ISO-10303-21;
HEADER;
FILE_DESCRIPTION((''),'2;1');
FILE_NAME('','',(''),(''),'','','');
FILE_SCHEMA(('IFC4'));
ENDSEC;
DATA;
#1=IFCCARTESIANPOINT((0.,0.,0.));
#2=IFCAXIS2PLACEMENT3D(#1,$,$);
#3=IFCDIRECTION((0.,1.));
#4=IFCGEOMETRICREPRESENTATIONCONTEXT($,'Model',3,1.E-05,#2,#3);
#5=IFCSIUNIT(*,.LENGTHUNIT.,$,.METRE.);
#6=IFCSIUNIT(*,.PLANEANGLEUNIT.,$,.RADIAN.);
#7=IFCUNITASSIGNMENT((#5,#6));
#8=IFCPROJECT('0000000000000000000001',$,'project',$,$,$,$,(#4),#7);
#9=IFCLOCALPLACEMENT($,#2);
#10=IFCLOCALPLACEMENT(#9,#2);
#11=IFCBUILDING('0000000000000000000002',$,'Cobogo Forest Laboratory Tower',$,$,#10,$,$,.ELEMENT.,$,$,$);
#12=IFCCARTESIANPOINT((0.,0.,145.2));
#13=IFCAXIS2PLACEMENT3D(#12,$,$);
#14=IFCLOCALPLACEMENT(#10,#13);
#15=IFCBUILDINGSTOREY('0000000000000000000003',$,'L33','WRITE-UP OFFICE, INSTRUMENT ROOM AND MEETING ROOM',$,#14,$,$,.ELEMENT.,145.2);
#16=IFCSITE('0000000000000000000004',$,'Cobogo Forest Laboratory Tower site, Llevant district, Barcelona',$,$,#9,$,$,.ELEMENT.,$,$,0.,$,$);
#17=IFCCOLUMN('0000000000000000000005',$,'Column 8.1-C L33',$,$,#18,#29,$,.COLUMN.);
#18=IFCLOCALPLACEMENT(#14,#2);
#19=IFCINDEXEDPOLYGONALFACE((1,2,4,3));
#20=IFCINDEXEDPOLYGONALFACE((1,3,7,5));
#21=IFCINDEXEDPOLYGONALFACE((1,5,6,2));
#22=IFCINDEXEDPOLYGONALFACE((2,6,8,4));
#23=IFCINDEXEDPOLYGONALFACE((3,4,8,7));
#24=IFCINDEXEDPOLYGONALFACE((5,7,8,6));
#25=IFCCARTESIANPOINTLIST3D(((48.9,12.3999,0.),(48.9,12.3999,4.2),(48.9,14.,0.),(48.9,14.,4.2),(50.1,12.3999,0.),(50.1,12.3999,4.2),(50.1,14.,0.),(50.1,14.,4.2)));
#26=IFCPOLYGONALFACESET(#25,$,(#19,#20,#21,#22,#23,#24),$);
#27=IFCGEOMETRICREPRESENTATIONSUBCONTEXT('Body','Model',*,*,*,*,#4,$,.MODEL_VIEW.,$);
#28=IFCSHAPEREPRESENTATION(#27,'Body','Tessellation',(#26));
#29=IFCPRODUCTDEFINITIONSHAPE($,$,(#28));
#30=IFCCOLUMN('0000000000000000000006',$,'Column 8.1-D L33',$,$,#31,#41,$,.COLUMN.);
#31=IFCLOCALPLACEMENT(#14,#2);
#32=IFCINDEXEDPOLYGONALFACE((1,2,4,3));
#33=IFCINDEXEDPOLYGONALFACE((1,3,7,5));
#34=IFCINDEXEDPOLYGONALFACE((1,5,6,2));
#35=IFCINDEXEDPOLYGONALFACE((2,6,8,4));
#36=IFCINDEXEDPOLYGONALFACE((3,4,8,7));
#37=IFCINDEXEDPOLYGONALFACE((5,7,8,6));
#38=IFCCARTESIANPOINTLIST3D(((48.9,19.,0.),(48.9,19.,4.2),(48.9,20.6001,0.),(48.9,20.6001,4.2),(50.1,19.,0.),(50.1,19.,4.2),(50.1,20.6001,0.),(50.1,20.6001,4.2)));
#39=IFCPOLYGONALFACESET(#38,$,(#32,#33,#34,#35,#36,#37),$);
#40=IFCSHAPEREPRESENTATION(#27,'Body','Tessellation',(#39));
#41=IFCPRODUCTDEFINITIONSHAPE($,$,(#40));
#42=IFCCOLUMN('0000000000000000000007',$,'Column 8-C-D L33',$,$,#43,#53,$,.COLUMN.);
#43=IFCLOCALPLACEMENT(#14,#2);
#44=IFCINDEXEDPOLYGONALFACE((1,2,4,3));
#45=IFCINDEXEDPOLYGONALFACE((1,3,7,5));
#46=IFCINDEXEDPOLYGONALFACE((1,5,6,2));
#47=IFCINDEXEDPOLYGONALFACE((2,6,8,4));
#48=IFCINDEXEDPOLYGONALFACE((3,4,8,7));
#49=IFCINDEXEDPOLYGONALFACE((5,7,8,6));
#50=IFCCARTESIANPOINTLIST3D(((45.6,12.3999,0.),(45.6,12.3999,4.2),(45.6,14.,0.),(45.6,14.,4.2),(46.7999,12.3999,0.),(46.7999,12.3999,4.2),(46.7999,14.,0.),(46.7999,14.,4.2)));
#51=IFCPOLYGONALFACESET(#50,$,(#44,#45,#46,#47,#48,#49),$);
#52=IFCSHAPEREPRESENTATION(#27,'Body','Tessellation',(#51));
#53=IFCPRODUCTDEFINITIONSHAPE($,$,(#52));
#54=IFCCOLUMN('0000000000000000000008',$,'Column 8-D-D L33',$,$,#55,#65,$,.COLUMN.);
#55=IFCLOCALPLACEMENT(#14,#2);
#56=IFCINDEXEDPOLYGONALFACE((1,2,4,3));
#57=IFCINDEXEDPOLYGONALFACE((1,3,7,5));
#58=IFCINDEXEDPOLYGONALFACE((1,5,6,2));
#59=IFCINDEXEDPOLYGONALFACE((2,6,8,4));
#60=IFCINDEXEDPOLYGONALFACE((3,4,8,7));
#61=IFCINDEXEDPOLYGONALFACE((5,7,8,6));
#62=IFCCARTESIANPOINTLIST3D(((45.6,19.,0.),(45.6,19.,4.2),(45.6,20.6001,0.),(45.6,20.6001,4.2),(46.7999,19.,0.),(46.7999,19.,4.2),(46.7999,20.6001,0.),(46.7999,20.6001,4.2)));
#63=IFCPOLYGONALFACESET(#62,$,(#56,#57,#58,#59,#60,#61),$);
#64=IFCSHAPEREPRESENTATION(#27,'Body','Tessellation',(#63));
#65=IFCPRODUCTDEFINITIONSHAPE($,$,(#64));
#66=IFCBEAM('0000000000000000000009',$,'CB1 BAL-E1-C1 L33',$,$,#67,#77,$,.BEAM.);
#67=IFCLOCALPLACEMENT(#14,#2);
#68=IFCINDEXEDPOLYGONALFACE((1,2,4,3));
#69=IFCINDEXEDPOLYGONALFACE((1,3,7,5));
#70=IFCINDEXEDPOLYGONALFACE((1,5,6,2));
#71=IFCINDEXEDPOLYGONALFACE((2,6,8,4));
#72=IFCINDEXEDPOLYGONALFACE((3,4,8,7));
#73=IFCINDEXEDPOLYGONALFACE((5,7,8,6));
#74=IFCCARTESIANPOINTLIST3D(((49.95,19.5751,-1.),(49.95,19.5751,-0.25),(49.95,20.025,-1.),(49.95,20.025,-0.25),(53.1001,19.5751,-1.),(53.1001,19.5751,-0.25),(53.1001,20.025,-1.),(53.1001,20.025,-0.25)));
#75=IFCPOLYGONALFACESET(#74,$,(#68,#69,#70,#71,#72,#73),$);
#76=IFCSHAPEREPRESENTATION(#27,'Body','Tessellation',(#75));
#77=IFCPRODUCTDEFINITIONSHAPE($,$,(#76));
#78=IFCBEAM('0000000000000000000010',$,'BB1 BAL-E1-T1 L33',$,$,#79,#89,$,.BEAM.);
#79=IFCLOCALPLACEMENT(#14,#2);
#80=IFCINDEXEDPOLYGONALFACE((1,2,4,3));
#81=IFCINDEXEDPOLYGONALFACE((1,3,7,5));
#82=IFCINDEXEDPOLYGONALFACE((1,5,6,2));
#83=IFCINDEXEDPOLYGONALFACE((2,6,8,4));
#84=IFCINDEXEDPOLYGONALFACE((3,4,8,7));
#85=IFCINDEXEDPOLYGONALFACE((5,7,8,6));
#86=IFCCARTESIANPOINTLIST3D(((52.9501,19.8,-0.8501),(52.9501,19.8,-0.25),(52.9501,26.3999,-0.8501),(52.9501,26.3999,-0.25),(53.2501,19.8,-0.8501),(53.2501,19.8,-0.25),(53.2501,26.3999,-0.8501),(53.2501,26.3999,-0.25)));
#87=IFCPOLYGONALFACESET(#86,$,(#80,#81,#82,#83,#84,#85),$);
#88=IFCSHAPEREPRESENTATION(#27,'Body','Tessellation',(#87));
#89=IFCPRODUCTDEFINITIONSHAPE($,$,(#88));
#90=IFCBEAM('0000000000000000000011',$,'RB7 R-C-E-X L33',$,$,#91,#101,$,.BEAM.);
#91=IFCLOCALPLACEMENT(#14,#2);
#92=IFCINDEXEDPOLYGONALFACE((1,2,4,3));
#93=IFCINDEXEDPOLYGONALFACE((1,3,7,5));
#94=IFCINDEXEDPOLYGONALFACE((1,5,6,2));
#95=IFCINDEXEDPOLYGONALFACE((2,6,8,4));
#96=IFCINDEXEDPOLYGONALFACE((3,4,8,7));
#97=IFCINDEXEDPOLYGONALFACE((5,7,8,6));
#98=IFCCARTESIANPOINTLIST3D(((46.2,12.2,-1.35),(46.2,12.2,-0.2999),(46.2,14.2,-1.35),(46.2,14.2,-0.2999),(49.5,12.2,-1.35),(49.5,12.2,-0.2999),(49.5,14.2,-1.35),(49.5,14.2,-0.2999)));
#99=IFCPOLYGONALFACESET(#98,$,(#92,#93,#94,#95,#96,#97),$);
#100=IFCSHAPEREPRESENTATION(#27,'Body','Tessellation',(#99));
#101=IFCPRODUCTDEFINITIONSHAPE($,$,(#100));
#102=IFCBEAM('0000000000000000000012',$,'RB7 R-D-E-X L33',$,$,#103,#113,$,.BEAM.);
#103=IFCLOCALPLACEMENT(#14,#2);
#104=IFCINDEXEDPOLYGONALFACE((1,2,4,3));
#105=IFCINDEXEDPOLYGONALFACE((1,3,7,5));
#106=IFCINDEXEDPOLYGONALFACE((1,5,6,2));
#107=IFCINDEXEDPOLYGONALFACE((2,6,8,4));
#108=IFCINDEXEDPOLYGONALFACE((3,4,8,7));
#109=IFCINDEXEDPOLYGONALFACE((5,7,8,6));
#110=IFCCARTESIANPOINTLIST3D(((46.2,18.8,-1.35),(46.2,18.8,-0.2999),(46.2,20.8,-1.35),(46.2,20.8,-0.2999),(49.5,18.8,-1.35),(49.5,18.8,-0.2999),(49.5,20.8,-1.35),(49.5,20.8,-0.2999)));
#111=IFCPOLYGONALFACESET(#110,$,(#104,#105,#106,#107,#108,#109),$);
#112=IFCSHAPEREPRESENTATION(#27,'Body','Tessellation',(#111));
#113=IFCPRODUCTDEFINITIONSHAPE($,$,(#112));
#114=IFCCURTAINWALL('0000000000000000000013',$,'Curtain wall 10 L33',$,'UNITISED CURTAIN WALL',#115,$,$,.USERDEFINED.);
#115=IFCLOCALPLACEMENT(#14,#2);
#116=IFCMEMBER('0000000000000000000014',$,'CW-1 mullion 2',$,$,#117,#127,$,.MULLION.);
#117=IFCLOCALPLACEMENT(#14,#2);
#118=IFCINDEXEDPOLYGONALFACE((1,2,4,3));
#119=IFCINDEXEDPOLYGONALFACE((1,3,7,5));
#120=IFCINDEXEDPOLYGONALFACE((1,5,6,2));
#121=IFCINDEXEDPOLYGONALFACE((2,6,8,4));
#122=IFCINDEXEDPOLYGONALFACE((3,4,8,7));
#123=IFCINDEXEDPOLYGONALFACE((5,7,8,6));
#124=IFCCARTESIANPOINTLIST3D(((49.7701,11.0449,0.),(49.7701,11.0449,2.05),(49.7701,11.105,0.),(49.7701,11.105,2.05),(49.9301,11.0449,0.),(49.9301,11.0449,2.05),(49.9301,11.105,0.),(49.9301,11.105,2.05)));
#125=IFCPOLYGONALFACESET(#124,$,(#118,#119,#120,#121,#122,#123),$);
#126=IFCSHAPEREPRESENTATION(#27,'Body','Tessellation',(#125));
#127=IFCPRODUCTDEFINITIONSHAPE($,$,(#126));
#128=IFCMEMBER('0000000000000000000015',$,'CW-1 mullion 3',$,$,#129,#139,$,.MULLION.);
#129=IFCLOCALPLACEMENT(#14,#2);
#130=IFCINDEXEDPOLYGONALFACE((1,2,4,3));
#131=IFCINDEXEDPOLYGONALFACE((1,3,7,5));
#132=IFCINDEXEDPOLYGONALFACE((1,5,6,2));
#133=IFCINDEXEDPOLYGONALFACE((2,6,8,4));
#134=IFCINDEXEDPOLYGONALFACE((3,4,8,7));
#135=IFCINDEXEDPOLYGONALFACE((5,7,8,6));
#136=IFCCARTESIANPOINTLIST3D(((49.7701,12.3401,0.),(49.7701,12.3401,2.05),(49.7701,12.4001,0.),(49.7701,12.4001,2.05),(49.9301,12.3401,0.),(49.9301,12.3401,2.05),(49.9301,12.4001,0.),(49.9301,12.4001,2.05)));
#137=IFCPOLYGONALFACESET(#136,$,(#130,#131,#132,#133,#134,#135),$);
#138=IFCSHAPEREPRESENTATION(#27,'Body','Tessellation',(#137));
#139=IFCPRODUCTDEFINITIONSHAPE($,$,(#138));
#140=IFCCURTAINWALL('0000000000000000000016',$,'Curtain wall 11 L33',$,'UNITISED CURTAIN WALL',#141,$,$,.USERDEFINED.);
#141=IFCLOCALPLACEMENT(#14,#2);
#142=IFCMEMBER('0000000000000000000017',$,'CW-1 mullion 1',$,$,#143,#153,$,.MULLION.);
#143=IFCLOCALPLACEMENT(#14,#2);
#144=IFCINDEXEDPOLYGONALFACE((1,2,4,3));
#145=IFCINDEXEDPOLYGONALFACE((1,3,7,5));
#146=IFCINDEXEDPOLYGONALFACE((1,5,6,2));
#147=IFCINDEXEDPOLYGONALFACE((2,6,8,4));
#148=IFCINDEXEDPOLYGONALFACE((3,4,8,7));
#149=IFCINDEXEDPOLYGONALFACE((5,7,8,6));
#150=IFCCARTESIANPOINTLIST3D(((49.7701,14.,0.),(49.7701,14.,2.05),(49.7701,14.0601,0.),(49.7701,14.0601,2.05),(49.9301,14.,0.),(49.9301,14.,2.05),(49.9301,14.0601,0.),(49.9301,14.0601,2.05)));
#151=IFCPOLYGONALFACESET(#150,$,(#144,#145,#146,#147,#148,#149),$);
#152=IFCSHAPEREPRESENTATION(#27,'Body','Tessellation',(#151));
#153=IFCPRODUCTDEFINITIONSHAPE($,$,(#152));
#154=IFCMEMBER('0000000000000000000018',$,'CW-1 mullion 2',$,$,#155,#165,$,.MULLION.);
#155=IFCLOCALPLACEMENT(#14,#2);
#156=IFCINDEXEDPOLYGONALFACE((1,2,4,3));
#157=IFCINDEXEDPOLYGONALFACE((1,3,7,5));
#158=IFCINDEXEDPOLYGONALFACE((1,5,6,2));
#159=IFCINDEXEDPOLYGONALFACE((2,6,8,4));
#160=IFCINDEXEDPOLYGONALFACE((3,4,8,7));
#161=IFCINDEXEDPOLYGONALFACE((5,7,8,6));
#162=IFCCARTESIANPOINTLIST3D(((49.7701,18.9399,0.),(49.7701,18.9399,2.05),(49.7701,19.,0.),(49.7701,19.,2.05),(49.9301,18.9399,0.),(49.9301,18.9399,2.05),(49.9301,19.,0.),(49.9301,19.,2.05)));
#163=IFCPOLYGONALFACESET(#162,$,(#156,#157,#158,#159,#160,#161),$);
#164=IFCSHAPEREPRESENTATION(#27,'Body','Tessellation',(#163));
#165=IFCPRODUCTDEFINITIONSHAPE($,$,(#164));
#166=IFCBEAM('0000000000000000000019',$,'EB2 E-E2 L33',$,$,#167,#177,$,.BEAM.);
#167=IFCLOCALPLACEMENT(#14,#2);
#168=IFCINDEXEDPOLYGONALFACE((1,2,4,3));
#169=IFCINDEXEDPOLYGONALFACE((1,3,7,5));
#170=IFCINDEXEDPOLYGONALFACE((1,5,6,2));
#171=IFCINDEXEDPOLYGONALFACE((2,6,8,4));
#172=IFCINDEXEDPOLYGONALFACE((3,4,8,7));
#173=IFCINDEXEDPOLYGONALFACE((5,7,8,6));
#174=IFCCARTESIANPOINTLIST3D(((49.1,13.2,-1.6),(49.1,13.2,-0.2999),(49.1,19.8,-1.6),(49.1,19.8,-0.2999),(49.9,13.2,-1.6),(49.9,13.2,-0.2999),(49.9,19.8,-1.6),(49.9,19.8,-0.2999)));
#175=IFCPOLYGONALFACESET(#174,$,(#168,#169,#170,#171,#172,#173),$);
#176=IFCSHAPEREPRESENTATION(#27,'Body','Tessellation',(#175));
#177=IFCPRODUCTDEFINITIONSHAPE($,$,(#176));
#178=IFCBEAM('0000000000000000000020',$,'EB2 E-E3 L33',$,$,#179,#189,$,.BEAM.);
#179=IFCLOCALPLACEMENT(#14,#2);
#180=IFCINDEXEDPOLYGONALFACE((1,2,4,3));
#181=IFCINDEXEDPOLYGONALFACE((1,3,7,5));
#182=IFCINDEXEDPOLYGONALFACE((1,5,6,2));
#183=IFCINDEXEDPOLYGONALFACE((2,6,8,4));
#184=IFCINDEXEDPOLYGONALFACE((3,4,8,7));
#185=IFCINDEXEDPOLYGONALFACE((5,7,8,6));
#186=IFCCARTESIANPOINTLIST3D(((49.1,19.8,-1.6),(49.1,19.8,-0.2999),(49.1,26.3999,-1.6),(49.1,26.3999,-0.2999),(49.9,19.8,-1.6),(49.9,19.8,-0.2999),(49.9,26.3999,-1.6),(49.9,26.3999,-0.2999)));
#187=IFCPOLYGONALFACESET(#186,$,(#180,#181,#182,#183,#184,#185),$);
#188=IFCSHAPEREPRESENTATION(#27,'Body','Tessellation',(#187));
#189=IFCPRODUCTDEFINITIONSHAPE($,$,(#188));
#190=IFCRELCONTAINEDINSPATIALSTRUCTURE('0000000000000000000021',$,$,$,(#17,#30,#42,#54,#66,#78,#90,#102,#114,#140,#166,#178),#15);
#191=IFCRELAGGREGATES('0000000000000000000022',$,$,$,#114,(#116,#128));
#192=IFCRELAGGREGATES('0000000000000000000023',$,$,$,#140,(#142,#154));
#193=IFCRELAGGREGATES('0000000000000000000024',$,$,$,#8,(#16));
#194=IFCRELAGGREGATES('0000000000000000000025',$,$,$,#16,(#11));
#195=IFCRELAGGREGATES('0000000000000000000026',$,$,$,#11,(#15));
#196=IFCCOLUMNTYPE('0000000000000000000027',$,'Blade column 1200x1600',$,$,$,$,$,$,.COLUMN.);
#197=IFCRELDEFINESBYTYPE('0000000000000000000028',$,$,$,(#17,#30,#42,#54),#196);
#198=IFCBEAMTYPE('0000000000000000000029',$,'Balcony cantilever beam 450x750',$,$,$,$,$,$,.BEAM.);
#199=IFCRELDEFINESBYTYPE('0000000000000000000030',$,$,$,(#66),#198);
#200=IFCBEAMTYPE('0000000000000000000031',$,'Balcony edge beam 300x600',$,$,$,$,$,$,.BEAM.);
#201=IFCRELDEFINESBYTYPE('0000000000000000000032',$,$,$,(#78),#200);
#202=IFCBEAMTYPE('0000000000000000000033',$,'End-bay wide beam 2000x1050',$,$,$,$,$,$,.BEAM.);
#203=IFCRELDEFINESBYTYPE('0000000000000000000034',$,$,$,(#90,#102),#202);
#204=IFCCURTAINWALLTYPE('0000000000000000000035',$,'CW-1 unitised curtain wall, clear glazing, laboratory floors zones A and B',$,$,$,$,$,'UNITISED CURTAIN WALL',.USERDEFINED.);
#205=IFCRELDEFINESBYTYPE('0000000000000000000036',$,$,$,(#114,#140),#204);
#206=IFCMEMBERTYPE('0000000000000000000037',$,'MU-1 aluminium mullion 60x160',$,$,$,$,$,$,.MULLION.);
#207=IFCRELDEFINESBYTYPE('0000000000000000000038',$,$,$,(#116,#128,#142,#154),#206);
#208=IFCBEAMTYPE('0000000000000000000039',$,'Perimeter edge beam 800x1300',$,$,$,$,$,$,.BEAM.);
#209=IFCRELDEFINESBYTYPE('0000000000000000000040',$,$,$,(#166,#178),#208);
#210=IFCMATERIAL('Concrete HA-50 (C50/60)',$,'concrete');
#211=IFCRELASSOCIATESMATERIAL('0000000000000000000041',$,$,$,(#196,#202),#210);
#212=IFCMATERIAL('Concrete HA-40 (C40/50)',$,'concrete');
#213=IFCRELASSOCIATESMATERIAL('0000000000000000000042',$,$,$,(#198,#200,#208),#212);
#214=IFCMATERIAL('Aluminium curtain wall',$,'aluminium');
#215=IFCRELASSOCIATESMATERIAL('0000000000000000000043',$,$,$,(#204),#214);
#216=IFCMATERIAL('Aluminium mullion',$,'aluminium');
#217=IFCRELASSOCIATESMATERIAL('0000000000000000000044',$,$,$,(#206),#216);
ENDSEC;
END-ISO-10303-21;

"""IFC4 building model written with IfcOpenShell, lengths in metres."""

from ifc_helpers import new_model, si_unit, direction, frame, origin, origin_2d, place, context, subcontext, project, spatial, rectangle, extrude, material, material_profile, profile_set, type_object, element, aggregate, save


model = new_model("IFC4")

# Units and contexts
model_context = context("Model", 3, precision=1e-05, world=origin(), true_north=direction((0.0, 1.0)))
body_context = subcontext(model_context, "Body", "Model", "MODEL_VIEW")
ifc_project = project(units=[si_unit("LENGTHUNIT", "METRE"), si_unit("PLANEANGLEUNIT", "RADIAN")], contexts=[model_context])

# Site, building, storey
site_placement = place(None, origin())
site = spatial("IfcSite", under=ifc_project, at=site_placement, Name="Cobogo Forest Laboratory Tower site, Llevant district, Barcelona", CompositionType="ELEMENT", RefElevation=0.0)
building_placement = place(site_placement, origin())
building = spatial("IfcBuilding", under=site, at=building_placement, Name="Cobogo Forest Laboratory Tower", CompositionType="ELEMENT")
storey_placement = place(building_placement, frame((0.0, 0.0, 145.2)))
storey = spatial("IfcBuildingStorey", under=building, at=storey_placement, Name="L33", Description="WRITE-UP OFFICE, INSTRUMENT ROOM AND MEETING ROOM", CompositionType="ELEMENT", Elevation=145.2)

# Columns
ifc_material_1 = material(Name="Concrete HA-50 (C50/60)", Category="concrete")
ifc_material_profile_1 = material_profile(ifc_material_1, rectangle(XDim=1.6001, YDim=1.2, at=origin_2d()), Name="RC 1200x1600")
ifc_profile_set_1 = profile_set([ifc_material_profile_1], Name="Concrete HA-50 (C50/60)")
column_type = type_object("IfcColumnType", Name="Blade column 1200x1600", PredefinedType="COLUMN", material=ifc_profile_set_1)
for number, where, z_axis, x_axis, name in (
    (1, (49.5, 13.2, 0.0), (0.0, 0.0, 1.0), (0.0, 1.0, 0.0), "Column 8.1-C L33"),
    (2, (49.5, 19.8, 0.0), (0.0, 0.0, 1.0), (0.0, 1.0, 0.0), "Column 8.1-D L33"),
    (3, (46.2, 13.2, 0.0), (0.0, 0.0, 1.0), (0.0, 1.0, 0.0), "Column 8-C-D L33"),
    (4, (46.2, 19.8, 0.0), (0.0, 0.0, 1.0), (0.0, 1.0, 0.0), "Column 8-D-D L33"),
):
    element("IfcColumn", number, at=place(storey_placement, frame(where, z_axis=z_axis, x_axis=x_axis)), inside=storey, type_object=column_type, Name=name, PredefinedType="COLUMN", context=body_context, shape_type="SweptSolid", body=[
        extrude(rectangle(XDim=1.6001, YDim=1.2, at=origin_2d()), origin(), (0.0, 0.0, 1.0), 4.2),
    ])

# Beams
ifc_material_2 = material(Name="Concrete HA-40 (C40/50)", Category="concrete")
ifc_material_profile_2 = material_profile(ifc_material_2, rectangle(XDim=0.45, YDim=0.75, at=origin_2d()), Name="RC 450x750")
ifc_profile_set_2 = profile_set([ifc_material_profile_2], Name="Concrete HA-40 (C40/50)")
beam_type_1 = type_object("IfcBeamType", Name="Balcony cantilever beam 450x750", PredefinedType="BEAM", material=ifc_profile_set_2)
beam_1_placement = place(storey_placement, frame((49.95, 19.8, -0.625), z_axis=(1.0, 0.0, 0.0), x_axis=(0.0, 1.0, 0.0)))
element("IfcBeam", 5, at=beam_1_placement, inside=storey, type_object=beam_type_1, Name="CB1 BAL-E1-C1 L33", PredefinedType="BEAM", context=body_context, shape_type="SweptSolid", body=[
    extrude(rectangle(XDim=0.45, YDim=0.75, at=origin_2d()), origin(), (0.0, 0.0, 1.0), 3.1501),
])
ifc_material_profile_3 = material_profile(ifc_material_2, rectangle(XDim=0.3, YDim=0.6001, at=origin_2d()), Name="RC 300x600")
ifc_profile_set_3 = profile_set([ifc_material_profile_3], Name="Concrete HA-40 (C40/50)")
beam_type_2 = type_object("IfcBeamType", Name="Balcony edge beam 300x600", PredefinedType="BEAM", material=ifc_profile_set_3)
beam_2_placement = place(storey_placement, frame((53.1001, 19.8, -0.55), z_axis=(0.0, 1.0, 0.0), x_axis=(-1.0, 0.0, 0.0)))
element("IfcBeam", 6, at=beam_2_placement, inside=storey, type_object=beam_type_2, Name="BB1 BAL-E1-T1 L33", PredefinedType="BEAM", context=body_context, shape_type="SweptSolid", body=[
    extrude(rectangle(XDim=0.3, YDim=0.6001, at=origin_2d()), origin(), (0.0, 0.0, 1.0), 6.5999),
])
ifc_material_profile_4 = material_profile(ifc_material_1, rectangle(XDim=2.0, YDim=1.05, at=origin_2d()), Name="RC 2000x1050")
ifc_profile_set_4 = profile_set([ifc_material_profile_4], Name="Concrete HA-50 (C50/60)")
beam_type_3 = type_object("IfcBeamType", Name="End-bay wide beam 2000x1050", PredefinedType="BEAM", material=ifc_profile_set_4)
for number, where, z_axis, x_axis, name in (
    (7, (49.5, 13.2, -0.825), (-1.0, 0.0, 0.0), (0.0, -1.0, 0.0), "RB7 R-C-E-X L33"),
    (8, (49.5, 19.8, -0.825), (-1.0, 0.0, 0.0), (0.0, -1.0, 0.0), "RB7 R-D-E-X L33"),
):
    element("IfcBeam", number, at=place(storey_placement, frame(where, z_axis=z_axis, x_axis=x_axis)), inside=storey, type_object=beam_type_3, Name=name, PredefinedType="BEAM", context=body_context, shape_type="SweptSolid", body=[
        extrude(rectangle(XDim=2.0, YDim=1.05, at=origin_2d()), origin(), (0.0, 0.0, 1.0), 3.3),
    ])

# Curtain walls, members
ifc_material_3 = material(Name="Aluminium curtain wall", Category="aluminium")
curtain_wall_type = type_object("IfcCurtainWallType", Name="CW-1 unitised curtain wall, clear glazing, laboratory floors zones A and B", ElementType="UNITISED CURTAIN WALL", PredefinedType="USERDEFINED", material=ifc_material_3)
curtain_wall_1_placement = place(storey_placement, origin())
curtain_wall_1 = element("IfcCurtainWall", 9, at=curtain_wall_1_placement, inside=storey, type_object=curtain_wall_type, Name="Curtain wall 10 L33", ObjectType="UNITISED CURTAIN WALL", PredefinedType="USERDEFINED")
ifc_material_4 = material(Name="Aluminium mullion", Category="aluminium")
ifc_material_profile_5 = material_profile(ifc_material_4, rectangle(XDim=0.0601, YDim=0.1599, at=origin_2d()), Name="AL 60x160")
ifc_profile_set_5 = profile_set([ifc_material_profile_5], Name="Aluminium mullion")
member_type_1 = type_object("IfcMemberType", Name="MU-1 aluminium mullion 60x160", PredefinedType="MULLION", material=ifc_profile_set_5)
member_1_placement = place(storey_placement, frame((49.8501, 11.075, 0.0), z_axis=(0.0, 0.0, 1.0), x_axis=(0.0, 1.0, 0.0)))
member_1 = element("IfcMember", 10, at=member_1_placement, type_object=member_type_1, Name="CW-1 mullion 2", PredefinedType="MULLION", context=body_context, shape_type="SweptSolid", body=[
    extrude(rectangle(XDim=0.0601, YDim=0.1599, at=origin_2d()), origin(), (0.0, 0.0, 1.0), 2.05),
])
member_2_placement = place(storey_placement, frame((49.8501, 12.3701, 0.0), z_axis=(0.0, 0.0, 1.0), x_axis=(0.0, 1.0, 0.0)))
member_2 = element("IfcMember", 11, at=member_2_placement, type_object=member_type_1, Name="CW-1 mullion 3", PredefinedType="MULLION", context=body_context, shape_type="SweptSolid", body=[
    extrude(rectangle(XDim=0.0601, YDim=0.1599, at=origin_2d()), origin(), (0.0, 0.0, 1.0), 2.05),
])
curtain_wall_2_placement = place(storey_placement, origin())
curtain_wall_2 = element("IfcCurtainWall", 12, at=curtain_wall_2_placement, inside=storey, type_object=curtain_wall_type, Name="Curtain wall 11 L33", ObjectType="UNITISED CURTAIN WALL", PredefinedType="USERDEFINED")
member_3_placement = place(storey_placement, frame((49.8501, 14.03, 0.0), z_axis=(0.0, 0.0, 1.0), x_axis=(0.0, 1.0, 0.0)))
member_3 = element("IfcMember", 13, at=member_3_placement, type_object=member_type_1, Name="CW-1 mullion 1", PredefinedType="MULLION", context=body_context, shape_type="SweptSolid", body=[
    extrude(rectangle(XDim=0.0601, YDim=0.1599, at=origin_2d()), origin(), (0.0, 0.0, 1.0), 2.05),
])
member_4_placement = place(storey_placement, frame((49.8501, 18.97, 0.0), z_axis=(0.0, 0.0, 1.0), x_axis=(0.0, 1.0, 0.0)))
member_4 = element("IfcMember", 14, at=member_4_placement, type_object=member_type_1, Name="CW-1 mullion 2", PredefinedType="MULLION", context=body_context, shape_type="SweptSolid", body=[
    extrude(rectangle(XDim=0.0601, YDim=0.1599, at=origin_2d()), origin(), (0.0, 0.0, 1.0), 2.05),
])

# Beams
ifc_material_profile_6 = material_profile(ifc_material_2, rectangle(XDim=0.8, YDim=1.3, at=origin_2d()), Name="RC 800x1300")
ifc_profile_set_6 = profile_set([ifc_material_profile_6], Name="Concrete HA-40 (C40/50)")
beam_type_4 = type_object("IfcBeamType", Name="Perimeter edge beam 800x1300", PredefinedType="BEAM", material=ifc_profile_set_6)
beam_3_placement = place(storey_placement, frame((49.5, 13.2, -0.95), z_axis=(0.0, 1.0, 0.0), x_axis=(-1.0, 0.0, 0.0)))
element("IfcBeam", 15, at=beam_3_placement, inside=storey, type_object=beam_type_4, Name="EB2 E-E2 L33", PredefinedType="BEAM", context=body_context, shape_type="SweptSolid", body=[
    extrude(rectangle(XDim=0.8, YDim=1.3, at=origin_2d()), origin(), (0.0, 0.0, 1.0), 6.6001),
])
beam_4_placement = place(storey_placement, frame((49.5, 19.8, -0.95), z_axis=(0.0, 1.0, 0.0), x_axis=(-1.0, 0.0, 0.0)))
element("IfcBeam", 16, at=beam_4_placement, inside=storey, type_object=beam_type_4, Name="EB2 E-E3 L33", PredefinedType="BEAM", context=body_context, shape_type="SweptSolid", body=[
    extrude(rectangle(XDim=0.8, YDim=1.3, at=origin_2d()), origin(), (0.0, 0.0, 1.0), 6.5999),
])

aggregate(curtain_wall_1, [member_1, member_2])
aggregate(curtain_wall_2, [member_3, member_4])

save(model, "model.ifc")
